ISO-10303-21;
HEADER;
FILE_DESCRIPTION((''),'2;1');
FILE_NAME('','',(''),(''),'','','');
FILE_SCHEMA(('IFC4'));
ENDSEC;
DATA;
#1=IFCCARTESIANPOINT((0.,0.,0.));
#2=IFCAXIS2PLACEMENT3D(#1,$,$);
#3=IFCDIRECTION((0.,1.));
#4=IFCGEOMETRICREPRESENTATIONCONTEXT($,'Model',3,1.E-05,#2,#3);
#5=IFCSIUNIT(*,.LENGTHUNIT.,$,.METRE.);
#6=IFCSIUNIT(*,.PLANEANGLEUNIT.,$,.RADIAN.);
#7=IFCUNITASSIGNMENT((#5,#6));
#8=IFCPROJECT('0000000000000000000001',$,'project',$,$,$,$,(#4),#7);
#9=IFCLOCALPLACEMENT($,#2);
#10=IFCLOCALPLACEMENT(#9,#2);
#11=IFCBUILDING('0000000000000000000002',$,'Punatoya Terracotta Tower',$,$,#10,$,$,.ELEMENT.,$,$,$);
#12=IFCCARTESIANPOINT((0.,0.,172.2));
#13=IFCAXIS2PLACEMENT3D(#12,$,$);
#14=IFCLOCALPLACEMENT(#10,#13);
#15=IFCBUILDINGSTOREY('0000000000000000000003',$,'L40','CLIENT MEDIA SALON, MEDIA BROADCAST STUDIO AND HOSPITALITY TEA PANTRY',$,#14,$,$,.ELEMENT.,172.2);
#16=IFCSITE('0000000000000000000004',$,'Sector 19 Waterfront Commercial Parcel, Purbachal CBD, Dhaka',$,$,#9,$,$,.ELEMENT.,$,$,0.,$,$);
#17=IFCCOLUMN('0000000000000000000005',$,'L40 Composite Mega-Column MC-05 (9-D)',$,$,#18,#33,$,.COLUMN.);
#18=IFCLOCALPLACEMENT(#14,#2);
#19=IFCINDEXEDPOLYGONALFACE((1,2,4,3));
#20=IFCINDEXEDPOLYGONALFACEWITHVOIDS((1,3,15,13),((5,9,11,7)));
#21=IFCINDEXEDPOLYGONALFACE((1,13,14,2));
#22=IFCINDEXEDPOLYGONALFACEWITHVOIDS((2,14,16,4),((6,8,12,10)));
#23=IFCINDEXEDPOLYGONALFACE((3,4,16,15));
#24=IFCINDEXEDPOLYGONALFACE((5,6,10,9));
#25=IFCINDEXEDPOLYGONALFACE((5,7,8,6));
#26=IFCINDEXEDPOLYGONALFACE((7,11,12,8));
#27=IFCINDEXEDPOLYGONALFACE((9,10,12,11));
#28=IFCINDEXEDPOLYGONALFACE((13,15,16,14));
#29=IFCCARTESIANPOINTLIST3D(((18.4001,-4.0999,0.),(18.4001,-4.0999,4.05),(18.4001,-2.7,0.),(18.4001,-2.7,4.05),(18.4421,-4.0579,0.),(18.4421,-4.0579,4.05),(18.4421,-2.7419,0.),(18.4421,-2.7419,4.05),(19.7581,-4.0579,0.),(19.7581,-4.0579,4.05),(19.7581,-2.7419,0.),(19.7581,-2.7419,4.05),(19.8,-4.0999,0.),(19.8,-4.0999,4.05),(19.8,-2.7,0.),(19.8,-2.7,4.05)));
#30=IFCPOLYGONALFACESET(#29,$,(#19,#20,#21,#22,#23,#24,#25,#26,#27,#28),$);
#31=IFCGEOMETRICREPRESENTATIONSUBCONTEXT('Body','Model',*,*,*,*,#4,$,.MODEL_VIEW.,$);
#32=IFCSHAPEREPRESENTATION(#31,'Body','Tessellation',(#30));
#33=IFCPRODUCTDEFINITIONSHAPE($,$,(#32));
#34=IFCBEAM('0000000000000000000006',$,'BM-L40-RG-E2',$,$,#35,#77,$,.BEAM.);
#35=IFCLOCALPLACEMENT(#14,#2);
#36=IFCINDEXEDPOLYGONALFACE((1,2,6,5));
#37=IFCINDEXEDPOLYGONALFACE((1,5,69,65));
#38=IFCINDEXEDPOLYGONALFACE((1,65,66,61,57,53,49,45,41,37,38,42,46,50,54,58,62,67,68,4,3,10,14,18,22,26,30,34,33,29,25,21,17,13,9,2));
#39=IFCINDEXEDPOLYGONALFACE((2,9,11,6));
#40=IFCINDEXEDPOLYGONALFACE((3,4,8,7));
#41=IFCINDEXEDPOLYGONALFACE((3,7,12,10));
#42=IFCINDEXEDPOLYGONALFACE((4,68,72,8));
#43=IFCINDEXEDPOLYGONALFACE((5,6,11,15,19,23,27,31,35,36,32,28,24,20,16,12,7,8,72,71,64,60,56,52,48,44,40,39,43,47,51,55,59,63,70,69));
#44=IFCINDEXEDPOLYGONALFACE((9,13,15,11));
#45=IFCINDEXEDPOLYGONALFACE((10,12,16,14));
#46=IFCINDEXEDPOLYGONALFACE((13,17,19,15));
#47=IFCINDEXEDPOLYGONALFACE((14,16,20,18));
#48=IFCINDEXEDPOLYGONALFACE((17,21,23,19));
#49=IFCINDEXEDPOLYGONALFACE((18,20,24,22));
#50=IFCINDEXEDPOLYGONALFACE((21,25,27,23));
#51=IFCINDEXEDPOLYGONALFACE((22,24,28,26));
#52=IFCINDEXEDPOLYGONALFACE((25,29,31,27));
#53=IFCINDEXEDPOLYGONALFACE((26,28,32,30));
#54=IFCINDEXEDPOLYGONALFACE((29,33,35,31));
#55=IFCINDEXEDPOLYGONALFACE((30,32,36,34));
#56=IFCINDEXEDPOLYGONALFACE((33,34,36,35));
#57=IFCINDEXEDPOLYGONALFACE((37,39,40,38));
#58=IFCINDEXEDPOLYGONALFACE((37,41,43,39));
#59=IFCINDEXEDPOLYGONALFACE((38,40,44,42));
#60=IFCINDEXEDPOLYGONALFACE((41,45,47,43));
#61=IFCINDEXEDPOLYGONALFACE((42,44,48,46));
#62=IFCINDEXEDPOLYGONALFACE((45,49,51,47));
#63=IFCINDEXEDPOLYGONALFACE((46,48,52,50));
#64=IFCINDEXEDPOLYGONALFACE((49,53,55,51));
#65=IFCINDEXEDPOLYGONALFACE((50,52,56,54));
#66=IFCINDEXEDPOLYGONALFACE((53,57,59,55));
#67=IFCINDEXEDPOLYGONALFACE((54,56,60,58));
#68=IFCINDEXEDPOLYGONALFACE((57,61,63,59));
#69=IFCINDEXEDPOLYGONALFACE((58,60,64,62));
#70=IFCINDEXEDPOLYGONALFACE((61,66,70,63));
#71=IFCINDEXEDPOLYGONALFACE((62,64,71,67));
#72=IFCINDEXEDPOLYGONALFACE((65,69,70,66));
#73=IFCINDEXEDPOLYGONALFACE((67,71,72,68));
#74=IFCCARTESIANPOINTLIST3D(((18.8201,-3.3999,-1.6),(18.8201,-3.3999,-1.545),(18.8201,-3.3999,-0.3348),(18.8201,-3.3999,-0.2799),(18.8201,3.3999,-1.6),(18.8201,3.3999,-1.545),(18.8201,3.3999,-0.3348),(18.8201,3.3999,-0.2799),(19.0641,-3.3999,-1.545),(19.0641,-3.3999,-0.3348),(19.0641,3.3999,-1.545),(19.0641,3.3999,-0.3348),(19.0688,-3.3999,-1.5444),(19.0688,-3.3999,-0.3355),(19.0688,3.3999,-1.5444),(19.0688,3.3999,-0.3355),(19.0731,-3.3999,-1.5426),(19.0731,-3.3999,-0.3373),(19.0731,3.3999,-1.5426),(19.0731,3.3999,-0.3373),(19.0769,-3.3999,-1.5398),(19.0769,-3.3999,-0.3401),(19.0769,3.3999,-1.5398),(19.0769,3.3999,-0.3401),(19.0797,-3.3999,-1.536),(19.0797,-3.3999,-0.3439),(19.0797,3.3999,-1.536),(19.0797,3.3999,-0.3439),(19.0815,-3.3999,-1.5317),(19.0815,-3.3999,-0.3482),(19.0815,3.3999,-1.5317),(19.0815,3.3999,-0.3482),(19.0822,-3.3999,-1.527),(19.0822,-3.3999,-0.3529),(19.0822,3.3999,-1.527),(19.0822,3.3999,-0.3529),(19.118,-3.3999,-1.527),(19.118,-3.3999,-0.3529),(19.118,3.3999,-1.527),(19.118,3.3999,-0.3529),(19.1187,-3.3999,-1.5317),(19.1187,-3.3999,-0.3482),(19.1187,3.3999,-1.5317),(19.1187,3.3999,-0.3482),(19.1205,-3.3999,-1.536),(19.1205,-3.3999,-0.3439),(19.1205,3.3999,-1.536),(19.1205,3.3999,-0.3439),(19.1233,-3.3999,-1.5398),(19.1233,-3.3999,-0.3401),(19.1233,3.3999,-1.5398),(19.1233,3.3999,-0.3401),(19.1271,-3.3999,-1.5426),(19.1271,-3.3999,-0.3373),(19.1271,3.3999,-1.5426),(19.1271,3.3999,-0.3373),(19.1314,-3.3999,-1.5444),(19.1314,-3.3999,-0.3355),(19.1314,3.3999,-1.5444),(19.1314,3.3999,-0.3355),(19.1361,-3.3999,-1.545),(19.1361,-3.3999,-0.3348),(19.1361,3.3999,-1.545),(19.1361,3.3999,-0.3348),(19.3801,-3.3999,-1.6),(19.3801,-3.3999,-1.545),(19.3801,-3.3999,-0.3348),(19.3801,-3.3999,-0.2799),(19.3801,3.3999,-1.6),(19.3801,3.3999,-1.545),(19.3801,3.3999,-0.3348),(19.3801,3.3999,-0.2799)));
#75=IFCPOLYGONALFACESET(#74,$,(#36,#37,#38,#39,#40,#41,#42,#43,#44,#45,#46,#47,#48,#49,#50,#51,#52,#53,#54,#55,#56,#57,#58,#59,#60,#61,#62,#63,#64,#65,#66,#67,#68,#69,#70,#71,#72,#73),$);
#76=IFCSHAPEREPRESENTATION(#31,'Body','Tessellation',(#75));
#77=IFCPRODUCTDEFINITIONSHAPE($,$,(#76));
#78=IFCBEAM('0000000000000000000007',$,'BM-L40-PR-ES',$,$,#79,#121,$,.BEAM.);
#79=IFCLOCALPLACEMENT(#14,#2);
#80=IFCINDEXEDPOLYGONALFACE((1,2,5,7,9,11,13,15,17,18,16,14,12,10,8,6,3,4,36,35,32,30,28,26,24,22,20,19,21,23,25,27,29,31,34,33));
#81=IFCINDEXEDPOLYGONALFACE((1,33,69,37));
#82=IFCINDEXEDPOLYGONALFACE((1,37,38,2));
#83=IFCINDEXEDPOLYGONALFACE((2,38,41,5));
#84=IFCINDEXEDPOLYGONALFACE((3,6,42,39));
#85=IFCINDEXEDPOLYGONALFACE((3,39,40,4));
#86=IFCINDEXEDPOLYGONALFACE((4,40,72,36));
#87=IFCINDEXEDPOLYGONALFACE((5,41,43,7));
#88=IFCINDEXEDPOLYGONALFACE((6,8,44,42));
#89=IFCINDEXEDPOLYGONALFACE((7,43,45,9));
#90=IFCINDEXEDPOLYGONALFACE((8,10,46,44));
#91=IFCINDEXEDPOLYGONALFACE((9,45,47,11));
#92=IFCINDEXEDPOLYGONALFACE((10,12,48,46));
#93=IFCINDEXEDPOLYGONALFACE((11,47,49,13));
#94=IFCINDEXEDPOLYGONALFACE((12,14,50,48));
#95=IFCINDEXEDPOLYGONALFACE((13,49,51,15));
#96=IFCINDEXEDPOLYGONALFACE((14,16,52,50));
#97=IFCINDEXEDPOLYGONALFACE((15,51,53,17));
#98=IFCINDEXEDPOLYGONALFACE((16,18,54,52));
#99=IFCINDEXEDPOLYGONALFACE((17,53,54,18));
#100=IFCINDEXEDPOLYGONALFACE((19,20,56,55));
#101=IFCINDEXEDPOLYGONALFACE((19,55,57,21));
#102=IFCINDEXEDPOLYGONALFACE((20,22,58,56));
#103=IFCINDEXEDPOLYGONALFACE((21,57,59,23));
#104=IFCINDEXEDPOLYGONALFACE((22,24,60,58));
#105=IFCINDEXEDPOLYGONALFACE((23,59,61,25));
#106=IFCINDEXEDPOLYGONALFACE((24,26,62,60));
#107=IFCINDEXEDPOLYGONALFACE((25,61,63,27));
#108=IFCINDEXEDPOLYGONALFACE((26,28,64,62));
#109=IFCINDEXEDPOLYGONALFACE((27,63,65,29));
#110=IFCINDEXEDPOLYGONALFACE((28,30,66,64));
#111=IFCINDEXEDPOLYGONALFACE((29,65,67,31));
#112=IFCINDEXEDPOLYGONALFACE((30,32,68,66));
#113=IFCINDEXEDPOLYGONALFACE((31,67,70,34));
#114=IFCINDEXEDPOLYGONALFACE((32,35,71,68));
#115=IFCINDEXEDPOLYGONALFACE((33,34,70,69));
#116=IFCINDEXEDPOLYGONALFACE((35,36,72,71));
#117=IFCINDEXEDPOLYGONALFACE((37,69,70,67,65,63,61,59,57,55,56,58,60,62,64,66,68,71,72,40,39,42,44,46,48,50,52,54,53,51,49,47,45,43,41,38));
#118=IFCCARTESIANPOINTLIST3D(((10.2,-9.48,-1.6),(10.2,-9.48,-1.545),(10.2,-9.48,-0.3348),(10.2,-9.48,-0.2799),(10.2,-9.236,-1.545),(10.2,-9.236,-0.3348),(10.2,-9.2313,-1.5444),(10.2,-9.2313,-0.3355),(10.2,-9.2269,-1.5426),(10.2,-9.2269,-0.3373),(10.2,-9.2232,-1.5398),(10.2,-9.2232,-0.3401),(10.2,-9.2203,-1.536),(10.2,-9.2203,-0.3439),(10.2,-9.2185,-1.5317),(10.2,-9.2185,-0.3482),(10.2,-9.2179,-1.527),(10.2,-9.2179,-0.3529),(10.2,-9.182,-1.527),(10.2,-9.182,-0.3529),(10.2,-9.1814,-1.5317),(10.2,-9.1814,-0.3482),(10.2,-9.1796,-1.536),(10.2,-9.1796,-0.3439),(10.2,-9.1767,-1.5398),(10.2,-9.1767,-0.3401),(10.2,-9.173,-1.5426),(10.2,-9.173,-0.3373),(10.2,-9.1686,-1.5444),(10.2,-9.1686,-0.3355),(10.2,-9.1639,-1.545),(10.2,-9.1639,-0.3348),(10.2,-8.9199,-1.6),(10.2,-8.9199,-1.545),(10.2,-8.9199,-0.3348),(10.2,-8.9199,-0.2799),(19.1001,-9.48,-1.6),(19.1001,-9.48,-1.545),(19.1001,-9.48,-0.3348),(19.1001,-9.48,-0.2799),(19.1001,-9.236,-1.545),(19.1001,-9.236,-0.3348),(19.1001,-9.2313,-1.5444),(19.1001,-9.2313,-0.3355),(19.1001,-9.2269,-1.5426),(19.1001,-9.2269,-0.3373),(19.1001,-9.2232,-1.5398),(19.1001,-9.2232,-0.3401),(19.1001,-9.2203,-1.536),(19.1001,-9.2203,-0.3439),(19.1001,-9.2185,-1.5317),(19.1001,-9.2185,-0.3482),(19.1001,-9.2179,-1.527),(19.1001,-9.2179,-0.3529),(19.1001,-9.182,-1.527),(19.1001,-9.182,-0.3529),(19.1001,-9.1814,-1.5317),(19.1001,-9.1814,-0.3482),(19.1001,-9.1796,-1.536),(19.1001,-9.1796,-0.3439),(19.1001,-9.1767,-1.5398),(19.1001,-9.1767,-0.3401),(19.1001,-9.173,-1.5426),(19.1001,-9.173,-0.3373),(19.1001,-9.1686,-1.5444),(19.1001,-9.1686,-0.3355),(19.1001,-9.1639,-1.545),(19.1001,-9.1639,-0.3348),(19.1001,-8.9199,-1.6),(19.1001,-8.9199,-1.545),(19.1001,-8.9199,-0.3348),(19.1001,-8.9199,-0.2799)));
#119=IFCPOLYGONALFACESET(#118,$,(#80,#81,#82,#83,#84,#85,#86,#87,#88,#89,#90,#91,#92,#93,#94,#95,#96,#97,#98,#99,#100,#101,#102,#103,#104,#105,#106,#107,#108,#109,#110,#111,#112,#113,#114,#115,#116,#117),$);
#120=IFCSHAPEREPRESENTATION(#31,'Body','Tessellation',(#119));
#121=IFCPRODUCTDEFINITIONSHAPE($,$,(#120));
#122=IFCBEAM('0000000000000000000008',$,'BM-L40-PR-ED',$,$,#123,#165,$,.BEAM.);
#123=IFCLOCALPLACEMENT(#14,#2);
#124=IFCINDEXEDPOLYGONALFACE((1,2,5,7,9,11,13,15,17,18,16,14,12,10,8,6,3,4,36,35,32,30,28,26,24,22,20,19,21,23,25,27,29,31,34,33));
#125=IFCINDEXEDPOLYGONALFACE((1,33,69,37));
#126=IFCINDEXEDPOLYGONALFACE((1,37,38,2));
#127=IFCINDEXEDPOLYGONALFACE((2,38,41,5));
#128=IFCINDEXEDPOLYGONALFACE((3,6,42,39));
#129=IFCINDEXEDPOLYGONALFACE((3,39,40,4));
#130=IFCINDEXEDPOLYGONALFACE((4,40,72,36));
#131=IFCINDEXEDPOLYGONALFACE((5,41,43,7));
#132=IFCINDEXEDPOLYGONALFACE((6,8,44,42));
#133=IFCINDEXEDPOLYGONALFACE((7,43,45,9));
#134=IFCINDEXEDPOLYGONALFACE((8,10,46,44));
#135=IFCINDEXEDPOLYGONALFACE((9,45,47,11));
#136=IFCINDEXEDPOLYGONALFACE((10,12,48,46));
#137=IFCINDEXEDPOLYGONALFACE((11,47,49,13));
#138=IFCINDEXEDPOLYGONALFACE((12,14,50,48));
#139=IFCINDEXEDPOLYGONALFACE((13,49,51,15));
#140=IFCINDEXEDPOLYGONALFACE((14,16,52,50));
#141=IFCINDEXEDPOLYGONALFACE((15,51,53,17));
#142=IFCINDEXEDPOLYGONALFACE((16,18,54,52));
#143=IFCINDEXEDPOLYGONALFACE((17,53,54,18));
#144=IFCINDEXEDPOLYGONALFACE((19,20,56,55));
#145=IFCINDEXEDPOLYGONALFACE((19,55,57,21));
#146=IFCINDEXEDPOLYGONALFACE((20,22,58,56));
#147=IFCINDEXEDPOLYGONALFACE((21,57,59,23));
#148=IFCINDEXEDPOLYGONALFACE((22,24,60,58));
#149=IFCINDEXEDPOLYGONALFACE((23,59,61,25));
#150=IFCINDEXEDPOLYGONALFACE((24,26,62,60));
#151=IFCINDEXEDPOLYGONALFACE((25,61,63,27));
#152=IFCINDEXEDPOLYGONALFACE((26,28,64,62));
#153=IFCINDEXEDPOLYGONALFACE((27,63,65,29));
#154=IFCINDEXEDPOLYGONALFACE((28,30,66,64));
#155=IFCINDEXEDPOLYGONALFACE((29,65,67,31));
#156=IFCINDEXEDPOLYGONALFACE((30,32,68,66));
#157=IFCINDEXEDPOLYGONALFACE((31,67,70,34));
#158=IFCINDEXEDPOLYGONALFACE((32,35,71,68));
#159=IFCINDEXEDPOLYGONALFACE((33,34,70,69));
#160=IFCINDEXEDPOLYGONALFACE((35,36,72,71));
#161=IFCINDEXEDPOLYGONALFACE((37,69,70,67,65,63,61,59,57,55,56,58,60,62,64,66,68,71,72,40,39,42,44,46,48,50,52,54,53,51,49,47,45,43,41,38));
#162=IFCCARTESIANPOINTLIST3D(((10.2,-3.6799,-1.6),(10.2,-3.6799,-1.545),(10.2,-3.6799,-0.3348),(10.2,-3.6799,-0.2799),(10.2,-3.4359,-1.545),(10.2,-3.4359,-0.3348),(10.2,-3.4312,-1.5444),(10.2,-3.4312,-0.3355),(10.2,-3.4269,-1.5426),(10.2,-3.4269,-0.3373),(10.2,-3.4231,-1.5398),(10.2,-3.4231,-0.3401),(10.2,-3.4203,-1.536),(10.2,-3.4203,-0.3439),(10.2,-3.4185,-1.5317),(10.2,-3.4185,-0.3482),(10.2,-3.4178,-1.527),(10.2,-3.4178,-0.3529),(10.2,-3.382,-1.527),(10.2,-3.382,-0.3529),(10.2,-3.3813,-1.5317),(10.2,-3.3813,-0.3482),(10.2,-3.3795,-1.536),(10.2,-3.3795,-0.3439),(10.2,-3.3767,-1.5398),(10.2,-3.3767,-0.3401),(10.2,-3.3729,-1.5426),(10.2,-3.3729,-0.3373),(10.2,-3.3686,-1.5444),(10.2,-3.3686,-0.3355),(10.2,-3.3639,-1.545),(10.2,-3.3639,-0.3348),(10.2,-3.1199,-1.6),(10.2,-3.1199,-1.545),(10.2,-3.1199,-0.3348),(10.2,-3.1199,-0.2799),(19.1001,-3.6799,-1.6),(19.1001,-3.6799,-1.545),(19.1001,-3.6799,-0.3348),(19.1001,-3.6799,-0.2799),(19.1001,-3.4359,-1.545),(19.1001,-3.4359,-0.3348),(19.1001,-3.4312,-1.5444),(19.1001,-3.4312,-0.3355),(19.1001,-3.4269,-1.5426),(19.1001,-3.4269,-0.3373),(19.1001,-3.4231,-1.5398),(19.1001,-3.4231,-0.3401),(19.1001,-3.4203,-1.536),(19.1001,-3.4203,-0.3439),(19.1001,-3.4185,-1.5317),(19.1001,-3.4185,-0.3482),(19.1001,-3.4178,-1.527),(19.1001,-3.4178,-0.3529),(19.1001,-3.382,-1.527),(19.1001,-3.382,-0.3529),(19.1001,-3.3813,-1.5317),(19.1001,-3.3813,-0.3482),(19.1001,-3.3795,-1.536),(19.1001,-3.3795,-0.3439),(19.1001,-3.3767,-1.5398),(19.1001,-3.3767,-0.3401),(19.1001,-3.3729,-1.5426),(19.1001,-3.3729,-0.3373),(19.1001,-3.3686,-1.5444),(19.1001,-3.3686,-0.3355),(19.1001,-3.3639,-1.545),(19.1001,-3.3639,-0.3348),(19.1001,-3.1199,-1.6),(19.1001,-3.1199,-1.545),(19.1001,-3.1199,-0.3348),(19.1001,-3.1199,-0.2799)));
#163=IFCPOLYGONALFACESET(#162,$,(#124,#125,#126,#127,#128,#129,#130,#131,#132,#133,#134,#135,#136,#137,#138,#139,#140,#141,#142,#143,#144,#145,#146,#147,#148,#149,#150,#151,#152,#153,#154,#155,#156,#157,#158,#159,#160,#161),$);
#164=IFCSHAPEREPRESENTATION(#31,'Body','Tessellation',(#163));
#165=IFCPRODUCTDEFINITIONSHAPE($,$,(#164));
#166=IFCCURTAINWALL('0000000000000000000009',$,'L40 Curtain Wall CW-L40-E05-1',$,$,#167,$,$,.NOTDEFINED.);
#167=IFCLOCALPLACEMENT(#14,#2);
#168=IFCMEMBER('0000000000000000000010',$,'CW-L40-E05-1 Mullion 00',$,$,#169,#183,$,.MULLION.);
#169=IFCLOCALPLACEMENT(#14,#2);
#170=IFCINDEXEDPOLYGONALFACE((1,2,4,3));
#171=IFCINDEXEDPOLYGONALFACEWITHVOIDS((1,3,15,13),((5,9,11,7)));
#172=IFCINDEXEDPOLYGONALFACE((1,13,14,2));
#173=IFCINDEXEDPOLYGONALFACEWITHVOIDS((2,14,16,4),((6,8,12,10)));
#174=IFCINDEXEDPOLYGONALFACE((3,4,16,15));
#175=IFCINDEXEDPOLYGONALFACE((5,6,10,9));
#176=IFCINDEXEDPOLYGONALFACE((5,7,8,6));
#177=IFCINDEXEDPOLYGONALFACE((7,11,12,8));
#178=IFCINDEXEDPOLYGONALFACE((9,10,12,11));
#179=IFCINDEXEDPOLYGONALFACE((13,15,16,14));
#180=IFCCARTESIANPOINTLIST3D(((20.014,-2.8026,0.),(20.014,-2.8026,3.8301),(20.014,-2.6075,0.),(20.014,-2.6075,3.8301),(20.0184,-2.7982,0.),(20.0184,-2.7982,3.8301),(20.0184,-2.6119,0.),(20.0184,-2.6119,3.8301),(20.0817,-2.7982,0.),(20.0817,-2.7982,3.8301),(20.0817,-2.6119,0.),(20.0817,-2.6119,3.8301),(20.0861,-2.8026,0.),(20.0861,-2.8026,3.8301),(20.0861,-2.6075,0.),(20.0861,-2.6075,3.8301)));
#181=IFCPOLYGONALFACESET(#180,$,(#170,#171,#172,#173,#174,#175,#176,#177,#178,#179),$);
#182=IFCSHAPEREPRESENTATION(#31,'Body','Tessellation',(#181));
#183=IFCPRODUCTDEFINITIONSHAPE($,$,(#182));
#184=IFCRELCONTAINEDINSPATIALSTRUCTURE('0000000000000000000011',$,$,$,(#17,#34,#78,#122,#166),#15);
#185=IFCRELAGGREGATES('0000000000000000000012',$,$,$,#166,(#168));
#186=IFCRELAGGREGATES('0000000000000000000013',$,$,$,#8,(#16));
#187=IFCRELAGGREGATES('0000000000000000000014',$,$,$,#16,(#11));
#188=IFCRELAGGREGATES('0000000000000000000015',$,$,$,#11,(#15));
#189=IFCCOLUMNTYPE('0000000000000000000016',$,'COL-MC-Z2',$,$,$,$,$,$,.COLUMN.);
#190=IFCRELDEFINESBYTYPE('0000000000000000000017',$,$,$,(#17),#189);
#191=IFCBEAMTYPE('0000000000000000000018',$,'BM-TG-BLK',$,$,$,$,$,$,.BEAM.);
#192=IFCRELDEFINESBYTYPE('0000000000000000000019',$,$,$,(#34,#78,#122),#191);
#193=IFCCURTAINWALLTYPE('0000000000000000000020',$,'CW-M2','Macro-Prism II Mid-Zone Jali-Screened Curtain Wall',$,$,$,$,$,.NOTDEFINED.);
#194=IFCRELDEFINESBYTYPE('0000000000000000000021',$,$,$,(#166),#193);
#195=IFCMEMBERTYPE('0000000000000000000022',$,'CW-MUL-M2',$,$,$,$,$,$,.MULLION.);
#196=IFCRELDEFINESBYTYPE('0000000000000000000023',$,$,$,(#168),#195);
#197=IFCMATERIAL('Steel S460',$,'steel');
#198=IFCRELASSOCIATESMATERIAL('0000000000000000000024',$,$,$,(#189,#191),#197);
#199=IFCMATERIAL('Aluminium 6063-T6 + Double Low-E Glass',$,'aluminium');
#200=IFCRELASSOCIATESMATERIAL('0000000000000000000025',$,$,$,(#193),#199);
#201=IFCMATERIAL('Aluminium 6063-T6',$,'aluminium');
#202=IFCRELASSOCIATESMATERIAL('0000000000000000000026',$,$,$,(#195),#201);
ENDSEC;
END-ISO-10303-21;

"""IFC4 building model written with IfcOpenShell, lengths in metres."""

from ifc_helpers import new_model, si_unit, direction, frame, origin, origin_2d, place, context, subcontext, project, spatial, hollow_rectangle, i_section, extrude, material, material_profile, profile_set, type_object, element, aggregate, save


model = new_model("IFC4")

# Units and contexts
model_context = context("Model", 3, precision=1e-05, world=origin(), true_north=direction((0.0, 1.0)))
body_context = subcontext(model_context, "Body", "Model", "MODEL_VIEW")
ifc_project = project(units=[si_unit("LENGTHUNIT", "METRE"), si_unit("PLANEANGLEUNIT", "RADIAN")], contexts=[model_context])

# Site, building, storey
site_placement = place(None, origin())
site = spatial("IfcSite", under=ifc_project, at=site_placement, Name="Sector 19 Waterfront Commercial Parcel, Purbachal CBD, Dhaka", CompositionType="ELEMENT", RefElevation=0.0)
building_placement = place(site_placement, origin())
building = spatial("IfcBuilding", under=site, at=building_placement, Name="Punatoya Terracotta Tower", CompositionType="ELEMENT")
storey_placement = place(building_placement, frame((0.0, 0.0, 172.2)))
storey = spatial("IfcBuildingStorey", under=building, at=storey_placement, Name="L40", Description="CLIENT MEDIA SALON, MEDIA BROADCAST STUDIO AND HOSPITALITY TEA PANTRY", CompositionType="ELEMENT", Elevation=172.2)

# Column
ifc_material_1 = material(Name="Steel S460", Category="steel")
ifc_material_profile_1 = material_profile(ifc_material_1, hollow_rectangle(XDim=1.3999, YDim=1.3999, WallThickness=0.042, at=origin_2d()))
ifc_profile_set_1 = profile_set([ifc_material_profile_1], Name="Steel S460")
column_type = type_object("IfcColumnType", Name="COL-MC-Z2", PredefinedType="COLUMN", material=ifc_profile_set_1)
column_placement = place(storey_placement, frame((19.1001, -3.3999, 0.0), z_axis=(0.0, 0.0, 1.0), x_axis=(1.0, 0.0, 0.0)))
element("IfcColumn", 1, at=column_placement, inside=storey, type_object=column_type, Name="L40 Composite Mega-Column MC-05 (9-D)", PredefinedType="COLUMN", context=body_context, shape_type="SweptSolid", body=[
    extrude(hollow_rectangle(XDim=1.3999, YDim=1.3999, WallThickness=0.042, at=origin_2d()), origin(), (0.0, 0.0, 1.0), 4.05),
])

# Beams
ifc_material_profile_2 = material_profile(ifc_material_1, i_section(OverallWidth=0.5601, OverallDepth=1.3201, WebThickness=0.0359, FlangeThickness=0.0549, FilletRadius=0.0181, at=origin_2d()))
ifc_profile_set_2 = profile_set([ifc_material_profile_2], Name="Steel S460")
beam_type = type_object("IfcBeamType", Name="BM-TG-BLK", PredefinedType="BEAM", material=ifc_profile_set_2)
beam_placement = place(storey_placement, frame((19.1001, -3.3999, -0.9399), z_axis=(0.0, 1.0, 0.0), x_axis=(-1.0, 0.0, 0.0)))
element("IfcBeam", 2, at=beam_placement, inside=storey, type_object=beam_type, Name="BM-L40-RG-E2", PredefinedType="BEAM", context=body_context, shape_type="SweptSolid", body=[
    extrude(i_section(OverallWidth=0.5601, OverallDepth=1.3201, WebThickness=0.0359, FlangeThickness=0.0549, FilletRadius=0.0181, at=origin_2d()), origin(), (0.0, 0.0, 1.0), 6.7998),
])
for number, where, z_axis, x_axis, name in (
    (3, (10.2, -9.2, -0.9399), (1.0, 0.0, 0.0), (0.0, 1.0, 0.0), "BM-L40-PR-ES"),
    (4, (10.2, -3.3999, -0.9399), (1.0, 0.0, 0.0), (0.0, 1.0, 0.0), "BM-L40-PR-ED"),
):
    element("IfcBeam", number, at=place(storey_placement, frame(where, z_axis=z_axis, x_axis=x_axis)), inside=storey, type_object=beam_type, Name=name, PredefinedType="BEAM", context=body_context, shape_type="SweptSolid", body=[
        extrude(i_section(OverallWidth=0.5601, OverallDepth=1.3201, WebThickness=0.0359, FlangeThickness=0.0549, FilletRadius=0.0181, at=origin_2d()), origin(), (0.0, 0.0, 1.0), 8.9001),
    ])

# Curtain wall, member
ifc_material_2 = material(Name="Aluminium 6063-T6 + Double Low-E Glass", Category="aluminium")
curtain_wall_type = type_object("IfcCurtainWallType", Name="CW-M2", Description="Macro-Prism II Mid-Zone Jali-Screened Curtain Wall", PredefinedType="NOTDEFINED", material=ifc_material_2)
curtain_wall_placement = place(storey_placement, origin())
curtain_wall = element("IfcCurtainWall", 5, at=curtain_wall_placement, inside=storey, type_object=curtain_wall_type, Name="L40 Curtain Wall CW-L40-E05-1", PredefinedType="NOTDEFINED")
ifc_material_3 = material(Name="Aluminium 6063-T6", Category="aluminium")
ifc_material_profile_3 = material_profile(ifc_material_3, hollow_rectangle(XDim=0.072, YDim=0.1951, WallThickness=0.0044, at=origin_2d()))
ifc_profile_set_3 = profile_set([ifc_material_profile_3], Name="Aluminium 6063-T6")
member_type_1 = type_object("IfcMemberType", Name="CW-MUL-M2", PredefinedType="MULLION", material=ifc_profile_set_3)
member_1_placement = place(storey_placement, frame((20.05, -2.7051, 0.0), z_axis=(0.0, 0.0, 1.0), x_axis=(1.0, 0.0, 0.0)))
member_1 = element("IfcMember", 6, at=member_1_placement, type_object=member_type_1, Name="CW-L40-E05-1 Mullion 00", PredefinedType="MULLION", context=body_context, shape_type="SweptSolid", body=[
    extrude(hollow_rectangle(XDim=0.072, YDim=0.1951, WallThickness=0.0044, at=origin_2d()), origin(), (0.0, 0.0, 1.0), 3.8301),
])

aggregate(curtain_wall, [member_1])

save(model, "model.ifc")
